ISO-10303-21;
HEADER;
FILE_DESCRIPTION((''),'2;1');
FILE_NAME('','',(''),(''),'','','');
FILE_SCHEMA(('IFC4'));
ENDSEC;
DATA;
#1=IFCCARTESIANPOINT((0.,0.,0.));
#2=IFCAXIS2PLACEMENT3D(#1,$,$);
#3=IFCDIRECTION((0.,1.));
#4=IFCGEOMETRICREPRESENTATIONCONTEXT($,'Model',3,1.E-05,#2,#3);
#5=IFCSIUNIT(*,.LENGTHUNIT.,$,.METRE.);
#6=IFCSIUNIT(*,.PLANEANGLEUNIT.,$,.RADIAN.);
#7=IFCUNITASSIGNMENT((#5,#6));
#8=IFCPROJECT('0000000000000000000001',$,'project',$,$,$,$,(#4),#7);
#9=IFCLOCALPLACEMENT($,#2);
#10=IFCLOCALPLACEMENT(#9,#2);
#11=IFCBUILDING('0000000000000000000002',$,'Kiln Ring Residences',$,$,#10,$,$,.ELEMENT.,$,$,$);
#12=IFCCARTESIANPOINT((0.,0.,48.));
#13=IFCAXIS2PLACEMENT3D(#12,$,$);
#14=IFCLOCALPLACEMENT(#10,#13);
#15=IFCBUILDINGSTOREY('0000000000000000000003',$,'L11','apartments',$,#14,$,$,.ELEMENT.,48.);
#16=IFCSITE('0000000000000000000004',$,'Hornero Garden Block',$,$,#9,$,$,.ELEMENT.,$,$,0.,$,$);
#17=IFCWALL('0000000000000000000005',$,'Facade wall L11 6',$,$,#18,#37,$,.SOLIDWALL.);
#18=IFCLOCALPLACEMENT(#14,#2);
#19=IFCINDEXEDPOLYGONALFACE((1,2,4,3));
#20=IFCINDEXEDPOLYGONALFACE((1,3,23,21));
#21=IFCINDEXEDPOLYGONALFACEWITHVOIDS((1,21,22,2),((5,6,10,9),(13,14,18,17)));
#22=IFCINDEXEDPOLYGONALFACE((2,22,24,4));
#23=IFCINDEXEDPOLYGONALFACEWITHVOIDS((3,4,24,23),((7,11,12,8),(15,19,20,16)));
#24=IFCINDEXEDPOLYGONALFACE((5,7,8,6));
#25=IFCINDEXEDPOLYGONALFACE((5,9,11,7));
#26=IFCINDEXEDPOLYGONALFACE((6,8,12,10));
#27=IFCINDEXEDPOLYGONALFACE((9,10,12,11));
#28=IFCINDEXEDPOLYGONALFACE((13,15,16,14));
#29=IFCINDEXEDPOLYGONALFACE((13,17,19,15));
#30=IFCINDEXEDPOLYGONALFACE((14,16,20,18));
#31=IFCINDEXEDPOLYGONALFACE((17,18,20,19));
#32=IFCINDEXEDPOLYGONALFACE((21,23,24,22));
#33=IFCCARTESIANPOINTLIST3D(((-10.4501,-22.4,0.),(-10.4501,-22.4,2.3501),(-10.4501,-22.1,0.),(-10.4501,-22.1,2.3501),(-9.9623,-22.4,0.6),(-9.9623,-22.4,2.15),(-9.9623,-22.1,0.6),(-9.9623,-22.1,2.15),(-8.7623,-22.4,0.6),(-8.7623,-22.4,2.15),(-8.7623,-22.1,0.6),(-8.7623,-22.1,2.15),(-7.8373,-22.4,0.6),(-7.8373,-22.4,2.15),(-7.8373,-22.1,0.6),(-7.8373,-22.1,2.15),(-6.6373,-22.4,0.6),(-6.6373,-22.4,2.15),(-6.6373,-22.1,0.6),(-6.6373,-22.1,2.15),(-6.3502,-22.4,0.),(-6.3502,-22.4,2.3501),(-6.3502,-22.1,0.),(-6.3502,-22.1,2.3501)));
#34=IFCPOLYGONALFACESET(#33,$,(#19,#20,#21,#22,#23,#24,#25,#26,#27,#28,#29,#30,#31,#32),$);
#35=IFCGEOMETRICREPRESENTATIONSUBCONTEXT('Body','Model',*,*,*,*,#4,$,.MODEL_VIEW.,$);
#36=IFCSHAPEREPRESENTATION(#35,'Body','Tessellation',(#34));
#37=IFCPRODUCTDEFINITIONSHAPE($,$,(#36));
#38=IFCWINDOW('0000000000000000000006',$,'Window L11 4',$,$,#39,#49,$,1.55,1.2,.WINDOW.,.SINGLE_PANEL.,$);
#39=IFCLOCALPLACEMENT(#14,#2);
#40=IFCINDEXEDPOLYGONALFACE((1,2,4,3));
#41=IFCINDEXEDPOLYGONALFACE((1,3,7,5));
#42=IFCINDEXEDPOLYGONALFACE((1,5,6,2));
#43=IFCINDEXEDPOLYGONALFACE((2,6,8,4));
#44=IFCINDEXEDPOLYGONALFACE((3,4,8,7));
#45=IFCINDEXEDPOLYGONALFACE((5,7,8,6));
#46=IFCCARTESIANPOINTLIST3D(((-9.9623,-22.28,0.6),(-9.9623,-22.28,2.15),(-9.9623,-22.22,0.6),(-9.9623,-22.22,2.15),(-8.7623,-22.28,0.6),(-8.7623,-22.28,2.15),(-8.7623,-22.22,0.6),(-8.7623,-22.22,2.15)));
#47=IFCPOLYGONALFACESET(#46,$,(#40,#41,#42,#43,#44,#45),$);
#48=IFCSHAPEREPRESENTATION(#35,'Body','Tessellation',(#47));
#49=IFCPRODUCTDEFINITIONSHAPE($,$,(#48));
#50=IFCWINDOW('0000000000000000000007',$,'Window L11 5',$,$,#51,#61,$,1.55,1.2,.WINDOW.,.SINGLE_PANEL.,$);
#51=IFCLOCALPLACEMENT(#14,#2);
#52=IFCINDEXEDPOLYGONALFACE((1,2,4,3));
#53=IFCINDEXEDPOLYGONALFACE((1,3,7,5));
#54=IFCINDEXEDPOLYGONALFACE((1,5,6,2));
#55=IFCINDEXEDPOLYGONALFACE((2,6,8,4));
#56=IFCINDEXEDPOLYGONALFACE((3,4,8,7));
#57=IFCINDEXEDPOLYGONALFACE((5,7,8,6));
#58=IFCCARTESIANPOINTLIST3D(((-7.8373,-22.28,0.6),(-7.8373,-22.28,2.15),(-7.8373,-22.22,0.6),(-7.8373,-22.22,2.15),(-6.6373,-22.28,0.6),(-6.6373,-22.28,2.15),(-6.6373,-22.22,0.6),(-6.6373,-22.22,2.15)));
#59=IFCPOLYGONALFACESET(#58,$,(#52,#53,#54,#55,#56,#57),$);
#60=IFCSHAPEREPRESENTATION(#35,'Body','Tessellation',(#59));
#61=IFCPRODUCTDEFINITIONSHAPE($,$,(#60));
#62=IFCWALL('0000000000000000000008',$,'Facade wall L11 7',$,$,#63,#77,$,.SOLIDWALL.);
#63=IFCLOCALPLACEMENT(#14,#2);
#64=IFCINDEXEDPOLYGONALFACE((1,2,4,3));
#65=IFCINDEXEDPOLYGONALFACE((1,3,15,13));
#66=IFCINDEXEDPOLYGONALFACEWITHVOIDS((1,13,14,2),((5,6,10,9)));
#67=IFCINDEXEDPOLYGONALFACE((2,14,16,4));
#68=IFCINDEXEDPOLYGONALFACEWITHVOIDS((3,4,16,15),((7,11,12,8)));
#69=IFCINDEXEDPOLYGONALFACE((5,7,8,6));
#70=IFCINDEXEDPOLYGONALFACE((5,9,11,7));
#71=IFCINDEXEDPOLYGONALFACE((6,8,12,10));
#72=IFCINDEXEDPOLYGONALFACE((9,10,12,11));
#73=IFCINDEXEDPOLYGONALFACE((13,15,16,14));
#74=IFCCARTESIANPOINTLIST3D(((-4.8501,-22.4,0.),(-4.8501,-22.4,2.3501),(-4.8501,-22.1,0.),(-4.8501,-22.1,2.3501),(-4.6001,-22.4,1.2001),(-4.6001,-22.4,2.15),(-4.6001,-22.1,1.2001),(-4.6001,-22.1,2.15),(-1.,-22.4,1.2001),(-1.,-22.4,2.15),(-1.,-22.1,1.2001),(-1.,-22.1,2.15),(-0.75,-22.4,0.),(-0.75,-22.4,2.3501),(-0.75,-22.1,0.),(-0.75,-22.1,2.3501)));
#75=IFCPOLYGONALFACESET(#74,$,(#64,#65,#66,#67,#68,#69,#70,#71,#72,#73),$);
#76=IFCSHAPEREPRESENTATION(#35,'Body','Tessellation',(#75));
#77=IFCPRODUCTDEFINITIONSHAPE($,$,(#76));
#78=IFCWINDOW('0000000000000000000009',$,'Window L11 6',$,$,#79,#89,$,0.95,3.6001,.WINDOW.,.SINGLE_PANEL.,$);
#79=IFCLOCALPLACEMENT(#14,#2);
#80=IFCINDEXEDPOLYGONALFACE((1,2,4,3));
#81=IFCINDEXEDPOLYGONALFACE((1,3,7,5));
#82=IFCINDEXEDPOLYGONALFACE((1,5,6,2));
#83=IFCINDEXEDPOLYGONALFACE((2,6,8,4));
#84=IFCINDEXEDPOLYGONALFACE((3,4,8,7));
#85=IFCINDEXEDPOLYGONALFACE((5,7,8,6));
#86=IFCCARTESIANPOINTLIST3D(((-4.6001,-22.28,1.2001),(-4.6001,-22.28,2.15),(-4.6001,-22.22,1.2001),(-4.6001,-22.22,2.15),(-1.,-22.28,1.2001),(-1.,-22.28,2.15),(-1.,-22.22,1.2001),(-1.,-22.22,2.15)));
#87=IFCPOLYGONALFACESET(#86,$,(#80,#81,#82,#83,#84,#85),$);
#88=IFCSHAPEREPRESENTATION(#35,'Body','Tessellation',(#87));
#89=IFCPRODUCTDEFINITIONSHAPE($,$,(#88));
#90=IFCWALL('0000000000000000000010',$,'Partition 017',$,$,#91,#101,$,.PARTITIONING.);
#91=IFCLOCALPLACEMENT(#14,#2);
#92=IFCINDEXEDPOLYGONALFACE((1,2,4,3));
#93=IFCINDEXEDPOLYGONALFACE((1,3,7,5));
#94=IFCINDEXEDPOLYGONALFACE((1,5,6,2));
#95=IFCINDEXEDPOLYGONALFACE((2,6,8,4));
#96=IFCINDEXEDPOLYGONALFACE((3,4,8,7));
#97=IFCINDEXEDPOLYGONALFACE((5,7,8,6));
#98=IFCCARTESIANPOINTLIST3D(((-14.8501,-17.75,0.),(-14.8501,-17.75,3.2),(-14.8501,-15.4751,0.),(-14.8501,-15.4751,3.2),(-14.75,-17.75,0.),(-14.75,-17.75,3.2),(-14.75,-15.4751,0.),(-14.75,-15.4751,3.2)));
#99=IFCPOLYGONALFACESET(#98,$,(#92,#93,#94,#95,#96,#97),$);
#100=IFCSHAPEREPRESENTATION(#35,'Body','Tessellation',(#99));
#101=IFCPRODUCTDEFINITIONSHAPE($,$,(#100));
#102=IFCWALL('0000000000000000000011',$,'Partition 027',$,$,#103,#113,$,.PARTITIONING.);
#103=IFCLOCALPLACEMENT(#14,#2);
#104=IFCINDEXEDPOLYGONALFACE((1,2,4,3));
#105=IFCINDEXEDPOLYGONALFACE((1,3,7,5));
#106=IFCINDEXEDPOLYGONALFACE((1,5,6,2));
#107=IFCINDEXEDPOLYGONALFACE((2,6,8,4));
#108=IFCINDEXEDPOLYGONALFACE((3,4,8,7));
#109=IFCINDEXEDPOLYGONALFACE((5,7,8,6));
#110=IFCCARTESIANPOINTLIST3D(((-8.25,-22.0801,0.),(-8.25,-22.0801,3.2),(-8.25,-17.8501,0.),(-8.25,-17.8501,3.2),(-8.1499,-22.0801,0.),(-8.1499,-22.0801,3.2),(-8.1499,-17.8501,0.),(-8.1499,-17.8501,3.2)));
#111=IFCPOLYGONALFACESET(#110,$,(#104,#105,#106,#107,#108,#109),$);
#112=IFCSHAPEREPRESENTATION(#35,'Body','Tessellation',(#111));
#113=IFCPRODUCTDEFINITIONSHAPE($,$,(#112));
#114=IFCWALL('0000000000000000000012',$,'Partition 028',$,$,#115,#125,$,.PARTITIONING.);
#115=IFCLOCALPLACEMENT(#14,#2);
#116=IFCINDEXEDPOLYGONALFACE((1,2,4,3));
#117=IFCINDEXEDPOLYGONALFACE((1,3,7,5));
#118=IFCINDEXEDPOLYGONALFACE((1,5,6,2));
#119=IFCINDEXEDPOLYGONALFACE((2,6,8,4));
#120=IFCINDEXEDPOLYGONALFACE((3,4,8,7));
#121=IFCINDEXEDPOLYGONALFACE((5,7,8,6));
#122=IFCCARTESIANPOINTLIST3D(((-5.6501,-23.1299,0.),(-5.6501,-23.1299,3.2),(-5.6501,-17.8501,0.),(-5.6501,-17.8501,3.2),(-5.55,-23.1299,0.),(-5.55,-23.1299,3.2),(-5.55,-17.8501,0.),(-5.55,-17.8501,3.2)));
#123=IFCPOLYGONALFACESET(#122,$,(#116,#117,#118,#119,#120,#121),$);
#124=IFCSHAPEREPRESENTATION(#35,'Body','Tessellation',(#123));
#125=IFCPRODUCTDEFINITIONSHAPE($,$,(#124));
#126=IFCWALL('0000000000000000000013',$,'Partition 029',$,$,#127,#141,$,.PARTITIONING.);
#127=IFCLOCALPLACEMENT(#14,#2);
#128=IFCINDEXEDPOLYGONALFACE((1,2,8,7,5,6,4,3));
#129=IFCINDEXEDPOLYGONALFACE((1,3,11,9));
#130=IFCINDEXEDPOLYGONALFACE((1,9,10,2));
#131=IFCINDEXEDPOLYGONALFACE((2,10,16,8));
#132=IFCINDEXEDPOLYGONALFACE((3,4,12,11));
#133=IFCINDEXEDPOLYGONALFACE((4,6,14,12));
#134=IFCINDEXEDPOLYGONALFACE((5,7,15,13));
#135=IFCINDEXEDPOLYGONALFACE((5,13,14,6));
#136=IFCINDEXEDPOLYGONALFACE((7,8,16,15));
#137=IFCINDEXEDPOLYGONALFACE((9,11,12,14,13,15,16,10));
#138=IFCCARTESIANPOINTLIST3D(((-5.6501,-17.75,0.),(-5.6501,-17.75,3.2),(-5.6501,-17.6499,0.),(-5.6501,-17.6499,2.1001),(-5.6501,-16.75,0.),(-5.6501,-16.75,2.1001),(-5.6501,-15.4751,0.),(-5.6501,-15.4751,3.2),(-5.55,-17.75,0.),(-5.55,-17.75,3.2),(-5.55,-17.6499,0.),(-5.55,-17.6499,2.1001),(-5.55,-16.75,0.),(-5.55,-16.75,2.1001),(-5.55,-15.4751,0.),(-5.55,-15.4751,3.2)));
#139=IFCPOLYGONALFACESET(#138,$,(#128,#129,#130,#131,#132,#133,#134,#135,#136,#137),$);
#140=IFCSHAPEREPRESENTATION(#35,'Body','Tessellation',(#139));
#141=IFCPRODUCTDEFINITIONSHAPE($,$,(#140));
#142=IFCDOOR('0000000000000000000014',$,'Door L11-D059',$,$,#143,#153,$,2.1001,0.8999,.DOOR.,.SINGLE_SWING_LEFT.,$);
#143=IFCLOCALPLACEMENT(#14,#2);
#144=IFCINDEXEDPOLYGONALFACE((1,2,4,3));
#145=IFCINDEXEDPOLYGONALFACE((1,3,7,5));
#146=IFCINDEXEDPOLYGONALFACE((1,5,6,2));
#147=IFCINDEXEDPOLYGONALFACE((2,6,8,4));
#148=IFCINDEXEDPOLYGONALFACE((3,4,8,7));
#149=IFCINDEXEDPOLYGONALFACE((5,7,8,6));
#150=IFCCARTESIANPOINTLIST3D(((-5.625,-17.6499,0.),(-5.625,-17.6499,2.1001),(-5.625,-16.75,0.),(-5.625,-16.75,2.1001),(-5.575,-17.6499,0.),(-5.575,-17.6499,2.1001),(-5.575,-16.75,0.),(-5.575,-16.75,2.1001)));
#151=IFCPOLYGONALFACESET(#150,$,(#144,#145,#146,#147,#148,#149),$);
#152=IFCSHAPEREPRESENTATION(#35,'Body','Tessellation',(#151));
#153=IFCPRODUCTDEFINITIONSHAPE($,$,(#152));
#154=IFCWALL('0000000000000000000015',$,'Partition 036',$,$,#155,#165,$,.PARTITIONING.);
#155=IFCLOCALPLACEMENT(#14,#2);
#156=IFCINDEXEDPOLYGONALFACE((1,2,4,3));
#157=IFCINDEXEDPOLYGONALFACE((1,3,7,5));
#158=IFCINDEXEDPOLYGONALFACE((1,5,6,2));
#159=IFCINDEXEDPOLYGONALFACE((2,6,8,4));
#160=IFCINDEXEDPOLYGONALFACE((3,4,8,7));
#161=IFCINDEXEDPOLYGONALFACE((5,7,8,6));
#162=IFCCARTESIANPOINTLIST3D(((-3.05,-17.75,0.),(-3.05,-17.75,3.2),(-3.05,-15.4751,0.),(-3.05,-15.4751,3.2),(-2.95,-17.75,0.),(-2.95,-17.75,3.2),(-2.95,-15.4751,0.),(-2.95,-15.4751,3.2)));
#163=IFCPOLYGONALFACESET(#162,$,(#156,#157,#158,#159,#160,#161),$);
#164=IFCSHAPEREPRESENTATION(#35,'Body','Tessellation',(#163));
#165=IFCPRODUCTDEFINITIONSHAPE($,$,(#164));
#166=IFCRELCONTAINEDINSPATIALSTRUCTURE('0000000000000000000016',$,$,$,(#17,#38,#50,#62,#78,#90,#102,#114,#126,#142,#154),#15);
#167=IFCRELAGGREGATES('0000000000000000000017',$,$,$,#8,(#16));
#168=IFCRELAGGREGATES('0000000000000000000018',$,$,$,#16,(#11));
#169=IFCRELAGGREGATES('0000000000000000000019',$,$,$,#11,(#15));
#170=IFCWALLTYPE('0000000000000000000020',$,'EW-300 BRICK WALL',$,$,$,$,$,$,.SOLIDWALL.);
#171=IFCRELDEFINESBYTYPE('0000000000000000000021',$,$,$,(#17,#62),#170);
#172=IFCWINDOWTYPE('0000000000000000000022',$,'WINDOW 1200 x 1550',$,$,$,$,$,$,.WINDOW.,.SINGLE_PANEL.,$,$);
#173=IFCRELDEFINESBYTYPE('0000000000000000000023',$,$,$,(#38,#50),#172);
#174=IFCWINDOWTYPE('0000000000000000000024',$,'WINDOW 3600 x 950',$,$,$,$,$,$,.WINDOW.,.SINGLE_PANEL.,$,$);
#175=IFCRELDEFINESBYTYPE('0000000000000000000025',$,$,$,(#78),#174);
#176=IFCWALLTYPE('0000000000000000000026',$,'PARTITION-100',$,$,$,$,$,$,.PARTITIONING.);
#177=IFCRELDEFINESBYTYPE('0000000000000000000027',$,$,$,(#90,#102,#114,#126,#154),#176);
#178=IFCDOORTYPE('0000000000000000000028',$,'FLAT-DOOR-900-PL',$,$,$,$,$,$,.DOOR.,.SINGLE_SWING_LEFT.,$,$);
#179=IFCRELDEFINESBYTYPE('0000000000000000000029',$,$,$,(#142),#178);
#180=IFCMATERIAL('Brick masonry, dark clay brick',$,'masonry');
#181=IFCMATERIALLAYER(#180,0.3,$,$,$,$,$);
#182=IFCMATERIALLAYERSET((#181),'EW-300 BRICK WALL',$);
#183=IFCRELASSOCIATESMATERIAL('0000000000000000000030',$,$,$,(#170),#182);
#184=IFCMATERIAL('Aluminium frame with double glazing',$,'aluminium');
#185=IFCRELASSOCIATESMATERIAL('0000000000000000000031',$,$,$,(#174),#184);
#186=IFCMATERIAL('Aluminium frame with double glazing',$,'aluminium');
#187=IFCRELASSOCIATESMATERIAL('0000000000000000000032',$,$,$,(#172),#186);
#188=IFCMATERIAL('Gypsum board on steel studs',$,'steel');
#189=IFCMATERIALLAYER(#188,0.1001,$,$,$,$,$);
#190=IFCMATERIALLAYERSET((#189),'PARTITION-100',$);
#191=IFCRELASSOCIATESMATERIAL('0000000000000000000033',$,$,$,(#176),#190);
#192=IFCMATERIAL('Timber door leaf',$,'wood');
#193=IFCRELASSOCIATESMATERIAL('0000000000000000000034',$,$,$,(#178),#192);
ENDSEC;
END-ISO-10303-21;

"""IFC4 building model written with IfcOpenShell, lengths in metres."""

from ifc_helpers import new_model, si_unit, direction, frame, frame_2d, origin, place, context, subcontext, project, spatial, rectangle, extrude, material, layer, layer_set, type_object, element, fill, save


model = new_model("IFC4")

# Units and contexts
model_context = context("Model", 3, precision=1e-05, world=origin(), true_north=direction((0.0, 1.0)))
body_context = subcontext(model_context, "Body", "Model", "MODEL_VIEW")
ifc_project = project(units=[si_unit("LENGTHUNIT", "METRE"), si_unit("PLANEANGLEUNIT", "RADIAN")], contexts=[model_context])

# Site, building, storey
site_placement = place(None, origin())
site = spatial("IfcSite", under=ifc_project, at=site_placement, Name="Hornero Garden Block", CompositionType="ELEMENT", RefElevation=0.0)
building_placement = place(site_placement, origin())
building = spatial("IfcBuilding", under=site, at=building_placement, Name="Kiln Ring Residences", CompositionType="ELEMENT")
storey_placement = place(building_placement, frame((0.0, 0.0, 48.0)))
storey = spatial("IfcBuildingStorey", under=building, at=storey_placement, Name="L11", Description="apartments", CompositionType="ELEMENT", Elevation=48.0)

# Shared definitions
ifc_material_1 = material(Name="Brick masonry, dark clay brick", Category="masonry")
ifc_layer_1 = layer(ifc_material_1, 0.3)
ifc_layer_set_1 = layer_set([ifc_layer_1], Name="EW-300 BRICK WALL")
wall_type_1 = type_object("IfcWallType", Name="EW-300 BRICK WALL", PredefinedType="SOLIDWALL", material=ifc_layer_set_1)
ifc_material_2 = material(Name="Aluminium frame with double glazing", Category="aluminium")
window_type_1 = type_object("IfcWindowType", Name="WINDOW 3600 x 950", PartitioningType="SINGLE_PANEL", PredefinedType="WINDOW", material=ifc_material_2)

# Wall, openings, windows
wall_1_placement = place(storey_placement, frame((-10.45, -22.25, 0.0), z_axis=(0.0, 0.0, 1.0), x_axis=(1.0, 0.0, 0.0)))
wall_1 = element("IfcWall", 1, at=wall_1_placement, inside=storey, type_object=wall_type_1, Name="Facade wall L11 6", PredefinedType="SOLIDWALL", context=body_context, shape_type="SweptSolid", body=[
    extrude(rectangle(XDim=4.0999, YDim=0.3, at=frame_2d((2.0498, 0.0))), origin(), (0.0, 0.0, 1.0), 2.3501),
])
opening_1_placement = place(wall_1_placement, frame((0.4875, 0.0, 0.6001)))
opening_1 = element("IfcOpeningElement", 2, at=opening_1_placement, cuts=wall_1, PredefinedType="OPENING", context=body_context, shape_type="SweptSolid", body=[
    extrude(rectangle(XDim=1.2, YDim=1.55, at=frame_2d((0.6001, 0.7749))), frame((0.0, 0.1599, 0.0), z_axis=(0.0, -1.0, 0.0), x_axis=(1.0, 0.0, 0.0)), (0.0, 0.0, 1.0), 0.3201),
])
opening_2_placement = place(wall_1_placement, frame((2.6125, 0.0, 0.6001)))
opening_2 = element("IfcOpeningElement", 3, at=opening_2_placement, cuts=wall_1, PredefinedType="OPENING", context=body_context, shape_type="SweptSolid", body=[
    extrude(rectangle(XDim=1.2, YDim=1.55, at=frame_2d((0.6001, 0.7749))), frame((0.0, 0.1599, 0.0), z_axis=(0.0, -1.0, 0.0), x_axis=(1.0, 0.0, 0.0)), (0.0, 0.0, 1.0), 0.3201),
])
ifc_material_3 = material(Name="Aluminium frame with double glazing", Category="aluminium")
window_type_2 = type_object("IfcWindowType", Name="WINDOW 1200 x 1550", PartitioningType="SINGLE_PANEL", PredefinedType="WINDOW", material=ifc_material_3)
window_1_placement = place(opening_1_placement, origin())
window_1 = element("IfcWindow", 4, at=window_1_placement, inside=storey, type_object=window_type_2, Name="Window L11 4", OverallHeight=1.55, OverallWidth=1.2, PartitioningType="SINGLE_PANEL", PredefinedType="WINDOW", context=body_context, shape_type="SweptSolid", body=[
    extrude(rectangle(XDim=1.2, YDim=1.55, at=frame_2d((0.6001, 0.7749))), frame((0.0, 0.03, 0.0), z_axis=(0.0, -1.0, 0.0), x_axis=(1.0, 0.0, 0.0)), (0.0, 0.0, 1.0), 0.0601),
])
fill(opening_1, window_1)
window_2_placement = place(opening_2_placement, origin())
window_2 = element("IfcWindow", 5, at=window_2_placement, inside=storey, type_object=window_type_2, Name="Window L11 5", OverallHeight=1.55, OverallWidth=1.2, PartitioningType="SINGLE_PANEL", PredefinedType="WINDOW", context=body_context, shape_type="SweptSolid", body=[
    extrude(rectangle(XDim=1.2, YDim=1.55, at=frame_2d((0.6001, 0.7749))), frame((0.0, 0.03, 0.0), z_axis=(0.0, -1.0, 0.0), x_axis=(1.0, 0.0, 0.0)), (0.0, 0.0, 1.0), 0.0601),
])
fill(opening_2, window_2)

# Wall, opening, window
wall_2_placement = place(storey_placement, frame((-4.8501, -22.25, 0.0), z_axis=(0.0, 0.0, 1.0), x_axis=(1.0, 0.0, 0.0)))
wall_2 = element("IfcWall", 6, at=wall_2_placement, inside=storey, type_object=wall_type_1, Name="Facade wall L11 7", PredefinedType="SOLIDWALL", context=body_context, shape_type="SweptSolid", body=[
    extrude(rectangle(XDim=4.1001, YDim=0.3, at=frame_2d((2.05, 0.0))), origin(), (0.0, 0.0, 1.0), 2.3501),
])
opening_3_placement = place(wall_2_placement, frame((0.25, 0.0, 1.2)))
opening_3 = element("IfcOpeningElement", 7, at=opening_3_placement, cuts=wall_2, PredefinedType="OPENING", context=body_context, shape_type="SweptSolid", body=[
    extrude(rectangle(XDim=3.6001, YDim=0.95, at=frame_2d((1.8, 0.4751))), frame((0.0, 0.1599, 0.0), z_axis=(0.0, -1.0, 0.0), x_axis=(1.0, 0.0, 0.0)), (0.0, 0.0, 1.0), 0.3201),
])
window_3_placement = place(opening_3_placement, origin())
window_3 = element("IfcWindow", 8, at=window_3_placement, inside=storey, type_object=window_type_1, Name="Window L11 6", OverallHeight=0.95, OverallWidth=3.6001, PartitioningType="SINGLE_PANEL", PredefinedType="WINDOW", context=body_context, shape_type="SweptSolid", body=[
    extrude(rectangle(XDim=3.6001, YDim=0.95, at=frame_2d((1.8, 0.4751))), frame((0.0, 0.03, 0.0), z_axis=(0.0, -1.0, 0.0), x_axis=(1.0, 0.0, 0.0)), (0.0, 0.0, 1.0), 0.0601),
])
fill(opening_3, window_3)

# Walls
ifc_material_4 = material(Name="Gypsum board on steel studs", Category="steel")
ifc_layer_2 = layer(ifc_material_4, 0.1001)
ifc_layer_set_2 = layer_set([ifc_layer_2], Name="PARTITION-100")
wall_type_2 = type_object("IfcWallType", Name="PARTITION-100", PredefinedType="PARTITIONING", material=ifc_layer_set_2)
wall_3_placement = place(storey_placement, frame((-14.8, -17.75, 0.0), z_axis=(0.0, 0.0, 1.0), x_axis=(0.0, 1.0, 0.0)))
element("IfcWall", 9, at=wall_3_placement, inside=storey, type_object=wall_type_2, Name="Partition 017", PredefinedType="PARTITIONING", context=body_context, shape_type="SweptSolid", body=[
    extrude(rectangle(XDim=2.2749, YDim=0.1001, at=frame_2d((1.1375, 0.0))), origin(), (0.0, 0.0, 1.0), 3.2),
])
wall_4_placement = place(storey_placement, frame((-8.2, -22.0801, 0.0), z_axis=(0.0, 0.0, 1.0), x_axis=(0.0, 1.0, 0.0)))
element("IfcWall", 10, at=wall_4_placement, inside=storey, type_object=wall_type_2, Name="Partition 027", PredefinedType="PARTITIONING", context=body_context, shape_type="SweptSolid", body=[
    extrude(rectangle(XDim=4.23, YDim=0.1001, at=frame_2d((2.115, 0.0))), origin(), (0.0, 0.0, 1.0), 3.2),
])
wall_5_placement = place(storey_placement, frame((-5.6001, -23.1299, 0.0), z_axis=(0.0, 0.0, 1.0), x_axis=(0.0, 1.0, 0.0)))
element("IfcWall", 11, at=wall_5_placement, inside=storey, type_object=wall_type_2, Name="Partition 028", PredefinedType="PARTITIONING", context=body_context, shape_type="SweptSolid", body=[
    extrude(rectangle(XDim=5.2798, YDim=0.1001, at=frame_2d((2.6399, 0.0))), origin(), (0.0, 0.0, 1.0), 3.2),
])

# Wall, opening, door
wall_6_placement = place(storey_placement, frame((-5.6001, -17.75, 0.0), z_axis=(0.0, 0.0, 1.0), x_axis=(0.0, 1.0, 0.0)))
wall_6 = element("IfcWall", 12, at=wall_6_placement, inside=storey, type_object=wall_type_2, Name="Partition 029", PredefinedType="PARTITIONING", context=body_context, shape_type="SweptSolid", body=[
    extrude(rectangle(XDim=2.2749, YDim=0.1001, at=frame_2d((1.1375, 0.0))), origin(), (0.0, 0.0, 1.0), 3.2),
])
opening_4_placement = place(wall_6_placement, frame((0.1001, 0.0, 0.0)))
opening_4 = element("IfcOpeningElement", 13, at=opening_4_placement, cuts=wall_6, PredefinedType="OPENING", context=body_context, shape_type="SweptSolid", body=[
    extrude(rectangle(XDim=0.8999, YDim=2.1001, at=frame_2d((0.45, 1.05))), frame((0.0, 0.0601, 0.0), z_axis=(0.0, -1.0, 0.0), x_axis=(1.0, 0.0, 0.0)), (0.0, 0.0, 1.0), 0.1201),
])
ifc_material_5 = material(Name="Timber door leaf", Category="wood")
door_type = type_object("IfcDoorType", Name="FLAT-DOOR-900-PL", OperationType="SINGLE_SWING_LEFT", PredefinedType="DOOR", material=ifc_material_5)
door_placement = place(opening_4_placement, origin())
door = element("IfcDoor", 14, at=door_placement, inside=storey, type_object=door_type, Name="Door L11-D059", OperationType="SINGLE_SWING_LEFT", OverallHeight=2.1001, OverallWidth=0.8999, PredefinedType="DOOR", context=body_context, shape_type="SweptSolid", body=[
    extrude(rectangle(XDim=0.8999, YDim=2.1001, at=frame_2d((0.45, 1.05))), frame((0.0, 0.0249, 0.0), z_axis=(0.0, -1.0, 0.0), x_axis=(1.0, 0.0, 0.0)), (0.0, 0.0, 1.0), 0.05),
])
fill(opening_4, door)

# Wall
wall_7_placement = place(storey_placement, frame((-3.0, -17.75, 0.0), z_axis=(0.0, 0.0, 1.0), x_axis=(0.0, 1.0, 0.0)))
element("IfcWall", 15, at=wall_7_placement, inside=storey, type_object=wall_type_2, Name="Partition 036", PredefinedType="PARTITIONING", context=body_context, shape_type="SweptSolid", body=[
    extrude(rectangle(XDim=2.2749, YDim=0.1001, at=frame_2d((1.1375, 0.0))), origin(), (0.0, 0.0, 1.0), 3.2),
])

save(model, "model.ifc")
